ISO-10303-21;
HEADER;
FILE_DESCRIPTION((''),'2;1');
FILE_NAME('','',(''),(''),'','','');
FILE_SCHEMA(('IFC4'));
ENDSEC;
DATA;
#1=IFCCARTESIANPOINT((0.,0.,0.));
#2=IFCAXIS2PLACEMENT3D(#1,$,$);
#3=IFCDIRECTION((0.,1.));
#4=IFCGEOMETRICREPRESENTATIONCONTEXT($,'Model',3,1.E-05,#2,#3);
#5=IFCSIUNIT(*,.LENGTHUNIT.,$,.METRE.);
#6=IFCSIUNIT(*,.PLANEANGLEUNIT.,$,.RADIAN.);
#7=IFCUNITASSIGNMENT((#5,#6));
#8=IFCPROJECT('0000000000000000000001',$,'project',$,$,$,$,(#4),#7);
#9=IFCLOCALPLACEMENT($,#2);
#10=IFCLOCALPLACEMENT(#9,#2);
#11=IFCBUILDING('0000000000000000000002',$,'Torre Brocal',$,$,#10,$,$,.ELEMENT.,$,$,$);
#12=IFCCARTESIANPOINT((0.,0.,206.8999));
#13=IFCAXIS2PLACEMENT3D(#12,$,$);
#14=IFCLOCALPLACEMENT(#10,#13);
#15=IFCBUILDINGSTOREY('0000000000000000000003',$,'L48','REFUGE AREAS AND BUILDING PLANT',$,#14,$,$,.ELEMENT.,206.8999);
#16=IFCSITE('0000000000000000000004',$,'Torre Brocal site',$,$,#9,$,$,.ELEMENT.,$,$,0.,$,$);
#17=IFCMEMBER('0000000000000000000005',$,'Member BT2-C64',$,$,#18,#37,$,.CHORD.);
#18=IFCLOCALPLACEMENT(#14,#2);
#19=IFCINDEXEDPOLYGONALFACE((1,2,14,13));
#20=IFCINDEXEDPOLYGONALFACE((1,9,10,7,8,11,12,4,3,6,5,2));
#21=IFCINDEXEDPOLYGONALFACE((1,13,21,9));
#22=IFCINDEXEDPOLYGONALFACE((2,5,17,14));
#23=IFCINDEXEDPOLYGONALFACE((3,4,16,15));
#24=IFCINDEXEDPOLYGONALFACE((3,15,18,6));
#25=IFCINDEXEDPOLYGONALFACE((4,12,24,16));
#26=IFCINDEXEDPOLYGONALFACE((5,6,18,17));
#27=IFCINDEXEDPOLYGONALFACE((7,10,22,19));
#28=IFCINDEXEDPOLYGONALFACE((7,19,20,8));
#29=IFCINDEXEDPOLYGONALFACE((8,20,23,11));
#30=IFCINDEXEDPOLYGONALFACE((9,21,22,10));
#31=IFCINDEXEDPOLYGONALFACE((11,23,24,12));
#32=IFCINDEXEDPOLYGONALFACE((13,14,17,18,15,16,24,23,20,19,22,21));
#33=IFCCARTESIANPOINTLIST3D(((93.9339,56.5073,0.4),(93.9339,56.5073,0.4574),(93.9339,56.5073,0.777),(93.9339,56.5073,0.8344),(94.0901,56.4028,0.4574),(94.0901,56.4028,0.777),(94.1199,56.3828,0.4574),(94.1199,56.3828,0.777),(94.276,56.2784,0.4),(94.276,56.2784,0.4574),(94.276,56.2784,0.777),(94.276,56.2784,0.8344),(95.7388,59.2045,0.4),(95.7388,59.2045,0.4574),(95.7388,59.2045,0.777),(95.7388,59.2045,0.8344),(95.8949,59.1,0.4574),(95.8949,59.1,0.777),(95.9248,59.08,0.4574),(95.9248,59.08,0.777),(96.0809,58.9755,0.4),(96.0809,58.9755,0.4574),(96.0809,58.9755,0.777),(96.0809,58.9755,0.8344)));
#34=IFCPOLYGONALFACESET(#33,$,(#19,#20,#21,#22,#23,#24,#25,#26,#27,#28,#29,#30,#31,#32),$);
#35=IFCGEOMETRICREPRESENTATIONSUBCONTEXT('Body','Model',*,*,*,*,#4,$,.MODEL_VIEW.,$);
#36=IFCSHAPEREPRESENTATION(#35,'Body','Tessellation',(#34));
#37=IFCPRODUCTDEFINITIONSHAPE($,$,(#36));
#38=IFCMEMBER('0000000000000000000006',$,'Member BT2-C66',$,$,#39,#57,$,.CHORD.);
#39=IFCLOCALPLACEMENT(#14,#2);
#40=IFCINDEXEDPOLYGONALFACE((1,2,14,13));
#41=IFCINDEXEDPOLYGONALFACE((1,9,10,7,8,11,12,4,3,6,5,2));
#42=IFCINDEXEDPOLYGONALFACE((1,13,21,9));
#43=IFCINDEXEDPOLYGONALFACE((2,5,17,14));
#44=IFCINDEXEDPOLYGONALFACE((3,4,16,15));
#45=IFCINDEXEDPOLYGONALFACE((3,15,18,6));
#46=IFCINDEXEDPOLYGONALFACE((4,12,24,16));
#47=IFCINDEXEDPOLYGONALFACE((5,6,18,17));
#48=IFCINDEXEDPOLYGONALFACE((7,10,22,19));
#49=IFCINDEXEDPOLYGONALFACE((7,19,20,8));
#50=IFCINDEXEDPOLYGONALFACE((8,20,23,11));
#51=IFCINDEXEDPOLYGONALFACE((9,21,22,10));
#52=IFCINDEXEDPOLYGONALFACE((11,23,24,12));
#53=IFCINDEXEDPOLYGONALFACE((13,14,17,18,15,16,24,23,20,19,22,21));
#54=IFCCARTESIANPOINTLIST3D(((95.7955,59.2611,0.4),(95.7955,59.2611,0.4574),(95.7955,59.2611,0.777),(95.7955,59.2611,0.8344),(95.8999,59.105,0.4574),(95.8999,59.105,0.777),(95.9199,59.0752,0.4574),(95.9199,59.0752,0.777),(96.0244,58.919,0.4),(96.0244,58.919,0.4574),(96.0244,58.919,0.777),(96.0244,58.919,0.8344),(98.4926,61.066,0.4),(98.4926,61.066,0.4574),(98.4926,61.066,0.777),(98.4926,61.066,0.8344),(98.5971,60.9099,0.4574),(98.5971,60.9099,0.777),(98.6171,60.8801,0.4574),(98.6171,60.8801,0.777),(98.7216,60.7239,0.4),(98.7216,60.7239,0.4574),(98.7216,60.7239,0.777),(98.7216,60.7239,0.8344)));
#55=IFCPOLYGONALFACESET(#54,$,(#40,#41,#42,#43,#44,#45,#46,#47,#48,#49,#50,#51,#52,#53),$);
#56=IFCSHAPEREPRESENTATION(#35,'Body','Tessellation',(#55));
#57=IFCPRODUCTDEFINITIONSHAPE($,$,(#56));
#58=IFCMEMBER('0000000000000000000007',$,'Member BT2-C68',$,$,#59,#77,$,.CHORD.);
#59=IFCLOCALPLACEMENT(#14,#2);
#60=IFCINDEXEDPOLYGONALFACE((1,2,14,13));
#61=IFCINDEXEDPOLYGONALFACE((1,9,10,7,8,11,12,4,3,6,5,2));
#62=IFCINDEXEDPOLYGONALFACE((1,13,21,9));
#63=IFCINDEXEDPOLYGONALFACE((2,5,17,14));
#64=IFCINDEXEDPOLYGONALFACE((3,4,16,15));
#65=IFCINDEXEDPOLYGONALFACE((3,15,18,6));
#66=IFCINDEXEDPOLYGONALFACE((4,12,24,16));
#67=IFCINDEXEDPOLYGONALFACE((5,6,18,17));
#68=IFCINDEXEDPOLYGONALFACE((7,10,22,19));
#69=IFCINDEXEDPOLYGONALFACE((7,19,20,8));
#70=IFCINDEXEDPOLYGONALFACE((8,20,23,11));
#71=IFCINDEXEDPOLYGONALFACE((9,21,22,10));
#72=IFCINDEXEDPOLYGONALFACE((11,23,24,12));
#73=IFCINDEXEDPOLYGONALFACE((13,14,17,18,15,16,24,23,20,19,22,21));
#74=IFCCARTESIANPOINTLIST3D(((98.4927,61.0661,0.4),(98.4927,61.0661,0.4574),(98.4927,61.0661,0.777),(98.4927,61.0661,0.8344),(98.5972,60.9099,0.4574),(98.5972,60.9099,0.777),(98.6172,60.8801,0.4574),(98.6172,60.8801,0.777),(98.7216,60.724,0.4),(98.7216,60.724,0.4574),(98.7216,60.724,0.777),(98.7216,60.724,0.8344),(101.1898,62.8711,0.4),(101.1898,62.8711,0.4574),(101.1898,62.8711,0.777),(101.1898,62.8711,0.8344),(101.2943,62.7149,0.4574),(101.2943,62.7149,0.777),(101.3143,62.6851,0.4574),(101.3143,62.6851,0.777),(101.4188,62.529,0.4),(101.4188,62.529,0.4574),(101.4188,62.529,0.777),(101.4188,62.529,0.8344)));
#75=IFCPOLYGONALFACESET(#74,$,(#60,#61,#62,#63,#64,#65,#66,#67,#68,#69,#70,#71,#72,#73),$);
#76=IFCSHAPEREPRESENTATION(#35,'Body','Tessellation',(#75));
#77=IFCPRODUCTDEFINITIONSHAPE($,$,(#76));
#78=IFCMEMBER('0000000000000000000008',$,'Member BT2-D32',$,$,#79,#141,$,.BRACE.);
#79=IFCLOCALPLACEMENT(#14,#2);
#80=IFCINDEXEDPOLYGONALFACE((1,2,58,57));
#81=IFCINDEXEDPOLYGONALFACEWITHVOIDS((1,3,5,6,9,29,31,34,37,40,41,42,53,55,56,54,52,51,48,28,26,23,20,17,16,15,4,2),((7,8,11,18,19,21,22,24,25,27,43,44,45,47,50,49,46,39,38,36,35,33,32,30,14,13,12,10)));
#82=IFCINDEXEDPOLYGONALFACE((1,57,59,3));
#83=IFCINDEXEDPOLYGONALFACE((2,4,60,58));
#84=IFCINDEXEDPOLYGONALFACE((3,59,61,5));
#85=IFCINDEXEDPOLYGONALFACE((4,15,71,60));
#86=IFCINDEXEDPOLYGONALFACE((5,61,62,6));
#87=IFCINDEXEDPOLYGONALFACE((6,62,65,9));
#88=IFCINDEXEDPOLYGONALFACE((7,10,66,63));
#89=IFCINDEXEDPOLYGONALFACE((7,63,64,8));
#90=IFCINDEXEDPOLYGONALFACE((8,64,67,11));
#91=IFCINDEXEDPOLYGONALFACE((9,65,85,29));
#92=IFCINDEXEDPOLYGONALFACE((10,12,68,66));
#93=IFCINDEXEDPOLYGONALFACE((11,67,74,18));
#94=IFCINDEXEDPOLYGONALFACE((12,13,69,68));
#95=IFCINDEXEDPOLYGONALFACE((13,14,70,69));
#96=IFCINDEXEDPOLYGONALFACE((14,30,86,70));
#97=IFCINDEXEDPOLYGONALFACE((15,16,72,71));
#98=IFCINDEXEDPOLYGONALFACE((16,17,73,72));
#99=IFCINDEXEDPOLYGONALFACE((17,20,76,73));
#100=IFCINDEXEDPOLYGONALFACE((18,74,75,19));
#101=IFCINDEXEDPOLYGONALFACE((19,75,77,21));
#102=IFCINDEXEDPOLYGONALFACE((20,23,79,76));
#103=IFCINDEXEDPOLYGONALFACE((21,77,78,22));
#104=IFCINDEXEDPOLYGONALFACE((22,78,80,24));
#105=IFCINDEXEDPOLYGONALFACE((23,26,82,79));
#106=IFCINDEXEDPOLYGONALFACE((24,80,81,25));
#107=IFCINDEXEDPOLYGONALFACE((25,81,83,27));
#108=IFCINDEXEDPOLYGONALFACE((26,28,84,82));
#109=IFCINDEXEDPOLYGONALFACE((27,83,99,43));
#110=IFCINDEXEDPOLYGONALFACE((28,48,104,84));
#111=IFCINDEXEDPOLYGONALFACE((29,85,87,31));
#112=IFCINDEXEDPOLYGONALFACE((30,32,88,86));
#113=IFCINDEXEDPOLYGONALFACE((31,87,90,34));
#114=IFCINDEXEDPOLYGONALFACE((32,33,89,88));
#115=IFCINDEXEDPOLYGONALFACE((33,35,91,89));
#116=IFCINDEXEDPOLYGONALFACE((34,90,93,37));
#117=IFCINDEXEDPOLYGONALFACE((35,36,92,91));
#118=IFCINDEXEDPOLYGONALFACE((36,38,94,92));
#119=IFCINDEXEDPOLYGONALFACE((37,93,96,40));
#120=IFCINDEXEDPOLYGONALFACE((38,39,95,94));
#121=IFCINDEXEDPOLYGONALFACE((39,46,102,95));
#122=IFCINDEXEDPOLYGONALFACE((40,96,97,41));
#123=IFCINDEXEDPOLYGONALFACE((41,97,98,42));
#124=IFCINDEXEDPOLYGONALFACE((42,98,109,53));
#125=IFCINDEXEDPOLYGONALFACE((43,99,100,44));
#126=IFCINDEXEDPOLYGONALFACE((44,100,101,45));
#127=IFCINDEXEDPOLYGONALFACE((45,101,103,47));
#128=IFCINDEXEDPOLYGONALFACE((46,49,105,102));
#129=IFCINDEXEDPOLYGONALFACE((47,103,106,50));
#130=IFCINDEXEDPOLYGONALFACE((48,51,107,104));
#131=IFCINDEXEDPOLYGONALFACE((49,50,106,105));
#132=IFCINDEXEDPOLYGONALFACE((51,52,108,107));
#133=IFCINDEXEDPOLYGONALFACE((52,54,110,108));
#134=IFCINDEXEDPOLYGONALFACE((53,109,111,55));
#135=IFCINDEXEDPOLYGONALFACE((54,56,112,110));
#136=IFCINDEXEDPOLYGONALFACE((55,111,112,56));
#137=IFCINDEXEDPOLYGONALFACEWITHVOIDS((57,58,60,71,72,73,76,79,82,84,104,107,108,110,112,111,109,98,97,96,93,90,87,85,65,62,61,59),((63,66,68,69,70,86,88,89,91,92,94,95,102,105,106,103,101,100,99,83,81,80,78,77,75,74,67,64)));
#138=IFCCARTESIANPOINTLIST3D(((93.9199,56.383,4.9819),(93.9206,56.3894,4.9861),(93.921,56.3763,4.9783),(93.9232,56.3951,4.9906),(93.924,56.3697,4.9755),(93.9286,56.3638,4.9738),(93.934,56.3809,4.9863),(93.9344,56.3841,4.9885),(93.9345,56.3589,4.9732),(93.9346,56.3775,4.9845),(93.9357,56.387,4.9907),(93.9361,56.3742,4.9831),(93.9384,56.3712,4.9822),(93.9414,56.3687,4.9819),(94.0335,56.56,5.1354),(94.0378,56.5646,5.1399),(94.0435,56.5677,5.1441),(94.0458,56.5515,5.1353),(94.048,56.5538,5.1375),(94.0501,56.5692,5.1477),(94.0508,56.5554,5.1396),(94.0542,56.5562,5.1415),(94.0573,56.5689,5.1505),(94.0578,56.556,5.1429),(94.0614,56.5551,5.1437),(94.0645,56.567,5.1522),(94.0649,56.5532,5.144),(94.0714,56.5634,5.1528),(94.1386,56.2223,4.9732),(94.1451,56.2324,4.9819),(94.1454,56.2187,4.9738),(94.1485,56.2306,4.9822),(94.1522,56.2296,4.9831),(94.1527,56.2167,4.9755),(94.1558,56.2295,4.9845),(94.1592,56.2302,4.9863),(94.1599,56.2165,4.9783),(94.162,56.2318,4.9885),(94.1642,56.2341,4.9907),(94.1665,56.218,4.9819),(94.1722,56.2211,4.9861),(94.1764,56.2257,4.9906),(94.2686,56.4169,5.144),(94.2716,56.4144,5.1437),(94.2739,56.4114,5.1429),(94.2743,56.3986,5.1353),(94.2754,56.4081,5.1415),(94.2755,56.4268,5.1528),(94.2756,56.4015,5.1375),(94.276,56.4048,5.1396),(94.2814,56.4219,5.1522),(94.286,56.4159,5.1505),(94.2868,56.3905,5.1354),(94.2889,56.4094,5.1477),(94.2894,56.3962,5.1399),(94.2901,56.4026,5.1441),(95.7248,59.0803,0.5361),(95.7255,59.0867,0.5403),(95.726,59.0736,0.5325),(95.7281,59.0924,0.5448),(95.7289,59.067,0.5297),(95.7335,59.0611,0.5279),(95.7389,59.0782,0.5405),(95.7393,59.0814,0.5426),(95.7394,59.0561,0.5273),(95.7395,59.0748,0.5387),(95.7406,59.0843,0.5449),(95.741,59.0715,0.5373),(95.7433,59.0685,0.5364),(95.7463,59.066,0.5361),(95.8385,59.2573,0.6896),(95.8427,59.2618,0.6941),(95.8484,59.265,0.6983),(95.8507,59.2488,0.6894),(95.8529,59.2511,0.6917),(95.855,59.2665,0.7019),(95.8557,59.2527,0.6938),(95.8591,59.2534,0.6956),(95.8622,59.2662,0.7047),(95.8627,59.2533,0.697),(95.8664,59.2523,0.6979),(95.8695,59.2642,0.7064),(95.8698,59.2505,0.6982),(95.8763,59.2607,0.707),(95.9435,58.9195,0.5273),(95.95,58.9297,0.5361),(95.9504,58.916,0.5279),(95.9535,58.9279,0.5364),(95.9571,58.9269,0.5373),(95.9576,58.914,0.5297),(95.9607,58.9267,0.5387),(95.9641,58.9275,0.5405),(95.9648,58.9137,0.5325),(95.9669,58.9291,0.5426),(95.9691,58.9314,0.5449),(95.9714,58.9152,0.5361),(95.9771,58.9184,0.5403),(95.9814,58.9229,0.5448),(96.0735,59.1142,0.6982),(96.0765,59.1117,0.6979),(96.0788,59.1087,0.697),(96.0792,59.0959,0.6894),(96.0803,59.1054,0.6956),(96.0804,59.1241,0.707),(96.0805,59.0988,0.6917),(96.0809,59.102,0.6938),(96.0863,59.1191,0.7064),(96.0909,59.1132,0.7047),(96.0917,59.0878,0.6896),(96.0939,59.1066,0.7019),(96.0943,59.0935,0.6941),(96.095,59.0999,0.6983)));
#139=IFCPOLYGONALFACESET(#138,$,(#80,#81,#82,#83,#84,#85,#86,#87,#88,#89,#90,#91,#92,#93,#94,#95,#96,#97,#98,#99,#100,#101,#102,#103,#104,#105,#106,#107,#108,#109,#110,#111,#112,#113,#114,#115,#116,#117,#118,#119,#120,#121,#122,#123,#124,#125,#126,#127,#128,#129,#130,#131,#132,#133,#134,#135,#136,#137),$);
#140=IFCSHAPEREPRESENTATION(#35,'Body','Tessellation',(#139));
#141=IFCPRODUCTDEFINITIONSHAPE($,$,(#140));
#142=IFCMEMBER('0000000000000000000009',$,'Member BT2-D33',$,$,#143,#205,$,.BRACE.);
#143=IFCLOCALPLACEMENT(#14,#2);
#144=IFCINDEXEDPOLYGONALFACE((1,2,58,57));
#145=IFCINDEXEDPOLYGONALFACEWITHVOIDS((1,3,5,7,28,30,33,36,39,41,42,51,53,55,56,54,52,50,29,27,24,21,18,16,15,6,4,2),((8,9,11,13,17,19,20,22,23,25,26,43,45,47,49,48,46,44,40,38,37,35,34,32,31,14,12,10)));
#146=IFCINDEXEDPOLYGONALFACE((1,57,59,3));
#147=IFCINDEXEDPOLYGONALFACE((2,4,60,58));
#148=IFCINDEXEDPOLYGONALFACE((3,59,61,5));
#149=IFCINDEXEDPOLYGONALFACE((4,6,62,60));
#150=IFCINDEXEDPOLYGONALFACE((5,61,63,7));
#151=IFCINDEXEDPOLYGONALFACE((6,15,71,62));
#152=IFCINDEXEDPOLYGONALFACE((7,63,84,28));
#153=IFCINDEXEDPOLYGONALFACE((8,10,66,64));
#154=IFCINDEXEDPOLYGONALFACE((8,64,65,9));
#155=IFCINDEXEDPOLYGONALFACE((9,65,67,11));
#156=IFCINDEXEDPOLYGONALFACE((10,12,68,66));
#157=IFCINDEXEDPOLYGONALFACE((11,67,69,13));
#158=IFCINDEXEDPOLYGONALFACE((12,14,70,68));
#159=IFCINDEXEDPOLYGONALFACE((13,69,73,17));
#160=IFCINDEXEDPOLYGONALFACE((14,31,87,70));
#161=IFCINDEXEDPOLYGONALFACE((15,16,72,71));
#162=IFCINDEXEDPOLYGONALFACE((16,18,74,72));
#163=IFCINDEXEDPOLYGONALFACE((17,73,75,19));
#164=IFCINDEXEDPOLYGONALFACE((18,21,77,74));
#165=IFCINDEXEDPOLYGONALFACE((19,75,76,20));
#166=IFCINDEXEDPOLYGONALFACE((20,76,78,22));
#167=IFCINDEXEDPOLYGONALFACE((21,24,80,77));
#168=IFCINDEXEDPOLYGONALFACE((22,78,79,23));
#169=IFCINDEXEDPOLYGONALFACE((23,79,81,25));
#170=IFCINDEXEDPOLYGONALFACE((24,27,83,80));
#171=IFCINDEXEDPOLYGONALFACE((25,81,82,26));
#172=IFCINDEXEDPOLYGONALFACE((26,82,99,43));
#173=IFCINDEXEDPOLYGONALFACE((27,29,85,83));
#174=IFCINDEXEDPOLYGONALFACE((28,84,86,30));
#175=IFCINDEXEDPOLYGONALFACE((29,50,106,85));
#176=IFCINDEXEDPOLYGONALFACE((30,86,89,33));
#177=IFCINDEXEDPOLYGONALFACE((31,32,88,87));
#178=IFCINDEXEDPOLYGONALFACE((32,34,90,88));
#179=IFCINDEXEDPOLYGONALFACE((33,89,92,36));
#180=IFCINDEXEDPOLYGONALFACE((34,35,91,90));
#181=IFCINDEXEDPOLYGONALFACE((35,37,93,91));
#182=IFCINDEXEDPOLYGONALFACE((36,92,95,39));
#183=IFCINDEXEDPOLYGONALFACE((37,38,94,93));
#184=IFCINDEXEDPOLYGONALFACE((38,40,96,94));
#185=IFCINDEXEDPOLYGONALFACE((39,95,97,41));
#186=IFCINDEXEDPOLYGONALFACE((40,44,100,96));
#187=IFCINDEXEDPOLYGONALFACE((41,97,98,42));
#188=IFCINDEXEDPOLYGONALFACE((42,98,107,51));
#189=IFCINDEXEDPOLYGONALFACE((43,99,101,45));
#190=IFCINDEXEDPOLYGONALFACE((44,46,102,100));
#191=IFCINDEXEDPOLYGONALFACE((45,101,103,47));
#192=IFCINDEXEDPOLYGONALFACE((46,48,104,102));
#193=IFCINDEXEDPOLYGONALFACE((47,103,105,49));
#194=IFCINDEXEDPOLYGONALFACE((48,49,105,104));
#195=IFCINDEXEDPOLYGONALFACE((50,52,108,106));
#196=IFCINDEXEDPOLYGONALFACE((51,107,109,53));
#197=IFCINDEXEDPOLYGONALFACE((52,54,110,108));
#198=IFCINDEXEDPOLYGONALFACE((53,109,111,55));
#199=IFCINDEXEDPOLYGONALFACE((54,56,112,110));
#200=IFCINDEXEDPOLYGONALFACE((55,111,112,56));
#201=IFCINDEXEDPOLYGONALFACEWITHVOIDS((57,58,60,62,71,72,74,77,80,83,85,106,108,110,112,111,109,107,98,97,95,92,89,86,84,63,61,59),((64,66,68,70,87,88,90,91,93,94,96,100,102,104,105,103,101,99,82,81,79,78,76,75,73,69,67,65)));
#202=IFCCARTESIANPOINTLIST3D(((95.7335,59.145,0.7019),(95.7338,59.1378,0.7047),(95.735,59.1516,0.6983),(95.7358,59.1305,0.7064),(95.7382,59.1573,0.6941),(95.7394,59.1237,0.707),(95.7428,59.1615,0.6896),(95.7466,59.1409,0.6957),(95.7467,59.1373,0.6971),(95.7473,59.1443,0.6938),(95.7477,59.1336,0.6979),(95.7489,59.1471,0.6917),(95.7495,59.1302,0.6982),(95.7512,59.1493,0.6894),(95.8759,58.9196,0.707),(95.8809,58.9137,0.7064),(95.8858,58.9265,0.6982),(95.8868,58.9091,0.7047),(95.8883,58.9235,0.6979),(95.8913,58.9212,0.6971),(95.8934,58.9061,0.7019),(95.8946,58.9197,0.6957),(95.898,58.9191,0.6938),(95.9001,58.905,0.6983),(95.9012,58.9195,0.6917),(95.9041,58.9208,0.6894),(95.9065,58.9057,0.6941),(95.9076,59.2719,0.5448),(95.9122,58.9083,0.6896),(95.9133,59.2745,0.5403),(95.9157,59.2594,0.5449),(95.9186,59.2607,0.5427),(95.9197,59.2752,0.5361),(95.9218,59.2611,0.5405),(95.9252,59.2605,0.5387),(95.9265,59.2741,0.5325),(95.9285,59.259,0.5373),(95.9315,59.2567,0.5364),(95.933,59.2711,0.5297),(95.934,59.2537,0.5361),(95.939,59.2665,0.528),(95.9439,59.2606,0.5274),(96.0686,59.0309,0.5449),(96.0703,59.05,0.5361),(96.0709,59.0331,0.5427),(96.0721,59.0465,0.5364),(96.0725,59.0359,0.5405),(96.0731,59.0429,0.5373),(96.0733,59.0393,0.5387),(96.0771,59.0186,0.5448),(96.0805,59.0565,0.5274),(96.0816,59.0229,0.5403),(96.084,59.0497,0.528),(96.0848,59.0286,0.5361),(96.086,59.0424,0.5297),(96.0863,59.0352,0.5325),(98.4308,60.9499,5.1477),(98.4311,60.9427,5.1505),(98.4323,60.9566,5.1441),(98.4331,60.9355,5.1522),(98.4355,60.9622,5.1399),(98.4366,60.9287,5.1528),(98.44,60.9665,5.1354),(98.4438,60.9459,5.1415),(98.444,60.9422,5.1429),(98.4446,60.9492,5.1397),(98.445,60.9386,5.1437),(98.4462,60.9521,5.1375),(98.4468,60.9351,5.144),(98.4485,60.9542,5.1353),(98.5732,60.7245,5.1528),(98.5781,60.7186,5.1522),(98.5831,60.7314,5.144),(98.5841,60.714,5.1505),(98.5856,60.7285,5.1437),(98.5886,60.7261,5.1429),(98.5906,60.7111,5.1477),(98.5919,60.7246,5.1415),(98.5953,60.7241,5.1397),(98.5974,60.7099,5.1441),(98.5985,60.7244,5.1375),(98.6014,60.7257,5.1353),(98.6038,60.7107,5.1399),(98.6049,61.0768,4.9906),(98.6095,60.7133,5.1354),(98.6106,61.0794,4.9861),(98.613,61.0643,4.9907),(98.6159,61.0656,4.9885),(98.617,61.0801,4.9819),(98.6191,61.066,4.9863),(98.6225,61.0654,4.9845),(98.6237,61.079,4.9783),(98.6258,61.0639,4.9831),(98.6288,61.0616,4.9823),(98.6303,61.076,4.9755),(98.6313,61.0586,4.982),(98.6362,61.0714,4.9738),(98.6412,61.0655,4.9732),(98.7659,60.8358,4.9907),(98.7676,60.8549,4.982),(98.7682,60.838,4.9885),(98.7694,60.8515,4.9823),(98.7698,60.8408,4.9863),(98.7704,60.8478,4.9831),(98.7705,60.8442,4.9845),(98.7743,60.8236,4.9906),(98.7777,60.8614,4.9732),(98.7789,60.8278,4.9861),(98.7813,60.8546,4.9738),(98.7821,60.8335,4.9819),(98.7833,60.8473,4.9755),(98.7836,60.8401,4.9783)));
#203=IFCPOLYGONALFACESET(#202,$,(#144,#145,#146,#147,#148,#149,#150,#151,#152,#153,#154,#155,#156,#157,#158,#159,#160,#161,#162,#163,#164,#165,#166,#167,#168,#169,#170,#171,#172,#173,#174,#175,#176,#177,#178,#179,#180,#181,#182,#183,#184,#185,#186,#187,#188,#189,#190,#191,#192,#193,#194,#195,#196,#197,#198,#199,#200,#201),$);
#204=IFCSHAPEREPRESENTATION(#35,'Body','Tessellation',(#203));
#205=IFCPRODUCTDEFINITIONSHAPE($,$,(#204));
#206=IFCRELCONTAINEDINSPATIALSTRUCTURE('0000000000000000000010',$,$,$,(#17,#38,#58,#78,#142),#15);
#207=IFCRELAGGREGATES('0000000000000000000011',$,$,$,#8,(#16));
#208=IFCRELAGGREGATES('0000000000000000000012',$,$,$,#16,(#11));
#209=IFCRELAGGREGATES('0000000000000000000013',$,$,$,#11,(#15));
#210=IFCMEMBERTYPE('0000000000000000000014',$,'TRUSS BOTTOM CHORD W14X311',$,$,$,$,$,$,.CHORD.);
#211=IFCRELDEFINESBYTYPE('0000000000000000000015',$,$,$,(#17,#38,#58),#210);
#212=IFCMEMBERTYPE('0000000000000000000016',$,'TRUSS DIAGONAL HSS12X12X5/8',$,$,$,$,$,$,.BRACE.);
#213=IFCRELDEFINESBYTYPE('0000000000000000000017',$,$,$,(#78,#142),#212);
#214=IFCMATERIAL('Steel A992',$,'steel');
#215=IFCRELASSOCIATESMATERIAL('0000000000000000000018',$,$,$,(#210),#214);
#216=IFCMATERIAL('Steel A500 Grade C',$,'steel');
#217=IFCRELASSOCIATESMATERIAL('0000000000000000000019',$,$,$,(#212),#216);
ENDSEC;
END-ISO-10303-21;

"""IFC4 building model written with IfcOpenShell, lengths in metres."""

from ifc_helpers import new_model, si_unit, direction, frame, origin, origin_2d, place, context, subcontext, project, spatial, hollow_rectangle, i_section, extrude, material, material_profile, profile_set, type_object, element, save


model = new_model("IFC4")

# Units and contexts
model_context = context("Model", 3, precision=1e-05, world=origin(), true_north=direction((0.0, 1.0)))
body_context = subcontext(model_context, "Body", "Model", "MODEL_VIEW")
ifc_project = project(units=[si_unit("LENGTHUNIT", "METRE"), si_unit("PLANEANGLEUNIT", "RADIAN")], contexts=[model_context])

# Site, building, storey
site_placement = place(None, origin())
site = spatial("IfcSite", under=ifc_project, at=site_placement, Name="Torre Brocal site", CompositionType="ELEMENT", RefElevation=0.0)
building_placement = place(site_placement, origin())
building = spatial("IfcBuilding", under=site, at=building_placement, Name="Torre Brocal", CompositionType="ELEMENT")
storey_placement = place(building_placement, frame((0.0, 0.0, 206.8999)))
storey = spatial("IfcBuildingStorey", under=building, at=storey_placement, Name="L48", Description="REFUGE AREAS AND BUILDING PLANT", CompositionType="ELEMENT", Elevation=206.8999)

# Members
ifc_material_1 = material(Name="Steel A992", Category="steel")
ifc_material_profile_1 = material_profile(ifc_material_1, i_section(OverallWidth=0.4116, OverallDepth=0.4343, WebThickness=0.0359, FlangeThickness=0.0574, at=origin_2d()), Name="W14X311")
ifc_profile_set_1 = profile_set([ifc_material_profile_1], Name="Steel A992")
member_type_1 = type_object("IfcMemberType", Name="TRUSS BOTTOM CHORD W14X311", PredefinedType="CHORD", material=ifc_profile_set_1)
for number, where, z_axis, x_axis, name in (
    (1, (94.105, 56.3928, 0.6172), (0.55614, 0.831088, 0.0), (-0.831088, 0.55614, 0.0), "Member BT2-C64"),
    (2, (95.9099, 59.0901, 0.6172), (0.831088, 0.55614, 0.0), (-0.55614, 0.831088, 0.0), "Member BT2-C66"),
    (3, (98.6072, 60.895, 0.6172), (0.831065, 0.556175, 0.0), (-0.556175, 0.831065, 0.0), "Member BT2-C68"),
):
    element("IfcMember", number, at=place(storey_placement, frame(where, z_axis=z_axis, x_axis=x_axis)), inside=storey, type_object=member_type_1, Name=name, PredefinedType="CHORD", context=body_context, shape_type="SweptSolid", body=[
        extrude(i_section(OverallWidth=0.4116, OverallDepth=0.4343, WebThickness=0.0359, FlangeThickness=0.0574, at=origin_2d()), origin(), (0.0, 0.0, 1.0), 3.2454),
    ])
ifc_material_2 = material(Name="Steel A500 Grade C", Category="steel")
ifc_material_profile_2 = material_profile(ifc_material_2, hollow_rectangle(XDim=0.3047, YDim=0.3047, WallThickness=0.0149, InnerFilletRadius=0.0149, OuterFilletRadius=0.0295, at=origin_2d()), Name="HSS12X12X5/8")
ifc_profile_set_2 = profile_set([ifc_material_profile_2], Name="Steel A500 Grade C")
member_type_2 = type_object("IfcMemberType", Name="TRUSS DIAGONAL HSS12X12X5/8", PredefinedType="BRACE", material=ifc_profile_set_2)
for number, where, z_axis, x_axis, name in (
    (4, (94.105, 56.3928, 5.063), (0.327908, 0.490022, -0.807685), (-0.831088, 0.55614, 0.0), "Member BT2-D32"),
    (5, (95.9099, 59.0901, 0.6172), (0.490022, 0.327908, 0.807685), (-0.55614, 0.831088, 0.0), "Member BT2-D33"),
):
    element("IfcMember", number, at=place(storey_placement, frame(where, z_axis=z_axis, x_axis=x_axis)), inside=storey, type_object=member_type_2, Name=name, PredefinedType="BRACE", context=body_context, shape_type="SweptSolid", body=[
        extrude(hollow_rectangle(XDim=0.3047, YDim=0.3047, WallThickness=0.0149, InnerFilletRadius=0.0149, OuterFilletRadius=0.0295, at=origin_2d()), origin(), (0.0, 0.0, 1.0), 5.5044),
    ])

save(model, "model.ifc")
